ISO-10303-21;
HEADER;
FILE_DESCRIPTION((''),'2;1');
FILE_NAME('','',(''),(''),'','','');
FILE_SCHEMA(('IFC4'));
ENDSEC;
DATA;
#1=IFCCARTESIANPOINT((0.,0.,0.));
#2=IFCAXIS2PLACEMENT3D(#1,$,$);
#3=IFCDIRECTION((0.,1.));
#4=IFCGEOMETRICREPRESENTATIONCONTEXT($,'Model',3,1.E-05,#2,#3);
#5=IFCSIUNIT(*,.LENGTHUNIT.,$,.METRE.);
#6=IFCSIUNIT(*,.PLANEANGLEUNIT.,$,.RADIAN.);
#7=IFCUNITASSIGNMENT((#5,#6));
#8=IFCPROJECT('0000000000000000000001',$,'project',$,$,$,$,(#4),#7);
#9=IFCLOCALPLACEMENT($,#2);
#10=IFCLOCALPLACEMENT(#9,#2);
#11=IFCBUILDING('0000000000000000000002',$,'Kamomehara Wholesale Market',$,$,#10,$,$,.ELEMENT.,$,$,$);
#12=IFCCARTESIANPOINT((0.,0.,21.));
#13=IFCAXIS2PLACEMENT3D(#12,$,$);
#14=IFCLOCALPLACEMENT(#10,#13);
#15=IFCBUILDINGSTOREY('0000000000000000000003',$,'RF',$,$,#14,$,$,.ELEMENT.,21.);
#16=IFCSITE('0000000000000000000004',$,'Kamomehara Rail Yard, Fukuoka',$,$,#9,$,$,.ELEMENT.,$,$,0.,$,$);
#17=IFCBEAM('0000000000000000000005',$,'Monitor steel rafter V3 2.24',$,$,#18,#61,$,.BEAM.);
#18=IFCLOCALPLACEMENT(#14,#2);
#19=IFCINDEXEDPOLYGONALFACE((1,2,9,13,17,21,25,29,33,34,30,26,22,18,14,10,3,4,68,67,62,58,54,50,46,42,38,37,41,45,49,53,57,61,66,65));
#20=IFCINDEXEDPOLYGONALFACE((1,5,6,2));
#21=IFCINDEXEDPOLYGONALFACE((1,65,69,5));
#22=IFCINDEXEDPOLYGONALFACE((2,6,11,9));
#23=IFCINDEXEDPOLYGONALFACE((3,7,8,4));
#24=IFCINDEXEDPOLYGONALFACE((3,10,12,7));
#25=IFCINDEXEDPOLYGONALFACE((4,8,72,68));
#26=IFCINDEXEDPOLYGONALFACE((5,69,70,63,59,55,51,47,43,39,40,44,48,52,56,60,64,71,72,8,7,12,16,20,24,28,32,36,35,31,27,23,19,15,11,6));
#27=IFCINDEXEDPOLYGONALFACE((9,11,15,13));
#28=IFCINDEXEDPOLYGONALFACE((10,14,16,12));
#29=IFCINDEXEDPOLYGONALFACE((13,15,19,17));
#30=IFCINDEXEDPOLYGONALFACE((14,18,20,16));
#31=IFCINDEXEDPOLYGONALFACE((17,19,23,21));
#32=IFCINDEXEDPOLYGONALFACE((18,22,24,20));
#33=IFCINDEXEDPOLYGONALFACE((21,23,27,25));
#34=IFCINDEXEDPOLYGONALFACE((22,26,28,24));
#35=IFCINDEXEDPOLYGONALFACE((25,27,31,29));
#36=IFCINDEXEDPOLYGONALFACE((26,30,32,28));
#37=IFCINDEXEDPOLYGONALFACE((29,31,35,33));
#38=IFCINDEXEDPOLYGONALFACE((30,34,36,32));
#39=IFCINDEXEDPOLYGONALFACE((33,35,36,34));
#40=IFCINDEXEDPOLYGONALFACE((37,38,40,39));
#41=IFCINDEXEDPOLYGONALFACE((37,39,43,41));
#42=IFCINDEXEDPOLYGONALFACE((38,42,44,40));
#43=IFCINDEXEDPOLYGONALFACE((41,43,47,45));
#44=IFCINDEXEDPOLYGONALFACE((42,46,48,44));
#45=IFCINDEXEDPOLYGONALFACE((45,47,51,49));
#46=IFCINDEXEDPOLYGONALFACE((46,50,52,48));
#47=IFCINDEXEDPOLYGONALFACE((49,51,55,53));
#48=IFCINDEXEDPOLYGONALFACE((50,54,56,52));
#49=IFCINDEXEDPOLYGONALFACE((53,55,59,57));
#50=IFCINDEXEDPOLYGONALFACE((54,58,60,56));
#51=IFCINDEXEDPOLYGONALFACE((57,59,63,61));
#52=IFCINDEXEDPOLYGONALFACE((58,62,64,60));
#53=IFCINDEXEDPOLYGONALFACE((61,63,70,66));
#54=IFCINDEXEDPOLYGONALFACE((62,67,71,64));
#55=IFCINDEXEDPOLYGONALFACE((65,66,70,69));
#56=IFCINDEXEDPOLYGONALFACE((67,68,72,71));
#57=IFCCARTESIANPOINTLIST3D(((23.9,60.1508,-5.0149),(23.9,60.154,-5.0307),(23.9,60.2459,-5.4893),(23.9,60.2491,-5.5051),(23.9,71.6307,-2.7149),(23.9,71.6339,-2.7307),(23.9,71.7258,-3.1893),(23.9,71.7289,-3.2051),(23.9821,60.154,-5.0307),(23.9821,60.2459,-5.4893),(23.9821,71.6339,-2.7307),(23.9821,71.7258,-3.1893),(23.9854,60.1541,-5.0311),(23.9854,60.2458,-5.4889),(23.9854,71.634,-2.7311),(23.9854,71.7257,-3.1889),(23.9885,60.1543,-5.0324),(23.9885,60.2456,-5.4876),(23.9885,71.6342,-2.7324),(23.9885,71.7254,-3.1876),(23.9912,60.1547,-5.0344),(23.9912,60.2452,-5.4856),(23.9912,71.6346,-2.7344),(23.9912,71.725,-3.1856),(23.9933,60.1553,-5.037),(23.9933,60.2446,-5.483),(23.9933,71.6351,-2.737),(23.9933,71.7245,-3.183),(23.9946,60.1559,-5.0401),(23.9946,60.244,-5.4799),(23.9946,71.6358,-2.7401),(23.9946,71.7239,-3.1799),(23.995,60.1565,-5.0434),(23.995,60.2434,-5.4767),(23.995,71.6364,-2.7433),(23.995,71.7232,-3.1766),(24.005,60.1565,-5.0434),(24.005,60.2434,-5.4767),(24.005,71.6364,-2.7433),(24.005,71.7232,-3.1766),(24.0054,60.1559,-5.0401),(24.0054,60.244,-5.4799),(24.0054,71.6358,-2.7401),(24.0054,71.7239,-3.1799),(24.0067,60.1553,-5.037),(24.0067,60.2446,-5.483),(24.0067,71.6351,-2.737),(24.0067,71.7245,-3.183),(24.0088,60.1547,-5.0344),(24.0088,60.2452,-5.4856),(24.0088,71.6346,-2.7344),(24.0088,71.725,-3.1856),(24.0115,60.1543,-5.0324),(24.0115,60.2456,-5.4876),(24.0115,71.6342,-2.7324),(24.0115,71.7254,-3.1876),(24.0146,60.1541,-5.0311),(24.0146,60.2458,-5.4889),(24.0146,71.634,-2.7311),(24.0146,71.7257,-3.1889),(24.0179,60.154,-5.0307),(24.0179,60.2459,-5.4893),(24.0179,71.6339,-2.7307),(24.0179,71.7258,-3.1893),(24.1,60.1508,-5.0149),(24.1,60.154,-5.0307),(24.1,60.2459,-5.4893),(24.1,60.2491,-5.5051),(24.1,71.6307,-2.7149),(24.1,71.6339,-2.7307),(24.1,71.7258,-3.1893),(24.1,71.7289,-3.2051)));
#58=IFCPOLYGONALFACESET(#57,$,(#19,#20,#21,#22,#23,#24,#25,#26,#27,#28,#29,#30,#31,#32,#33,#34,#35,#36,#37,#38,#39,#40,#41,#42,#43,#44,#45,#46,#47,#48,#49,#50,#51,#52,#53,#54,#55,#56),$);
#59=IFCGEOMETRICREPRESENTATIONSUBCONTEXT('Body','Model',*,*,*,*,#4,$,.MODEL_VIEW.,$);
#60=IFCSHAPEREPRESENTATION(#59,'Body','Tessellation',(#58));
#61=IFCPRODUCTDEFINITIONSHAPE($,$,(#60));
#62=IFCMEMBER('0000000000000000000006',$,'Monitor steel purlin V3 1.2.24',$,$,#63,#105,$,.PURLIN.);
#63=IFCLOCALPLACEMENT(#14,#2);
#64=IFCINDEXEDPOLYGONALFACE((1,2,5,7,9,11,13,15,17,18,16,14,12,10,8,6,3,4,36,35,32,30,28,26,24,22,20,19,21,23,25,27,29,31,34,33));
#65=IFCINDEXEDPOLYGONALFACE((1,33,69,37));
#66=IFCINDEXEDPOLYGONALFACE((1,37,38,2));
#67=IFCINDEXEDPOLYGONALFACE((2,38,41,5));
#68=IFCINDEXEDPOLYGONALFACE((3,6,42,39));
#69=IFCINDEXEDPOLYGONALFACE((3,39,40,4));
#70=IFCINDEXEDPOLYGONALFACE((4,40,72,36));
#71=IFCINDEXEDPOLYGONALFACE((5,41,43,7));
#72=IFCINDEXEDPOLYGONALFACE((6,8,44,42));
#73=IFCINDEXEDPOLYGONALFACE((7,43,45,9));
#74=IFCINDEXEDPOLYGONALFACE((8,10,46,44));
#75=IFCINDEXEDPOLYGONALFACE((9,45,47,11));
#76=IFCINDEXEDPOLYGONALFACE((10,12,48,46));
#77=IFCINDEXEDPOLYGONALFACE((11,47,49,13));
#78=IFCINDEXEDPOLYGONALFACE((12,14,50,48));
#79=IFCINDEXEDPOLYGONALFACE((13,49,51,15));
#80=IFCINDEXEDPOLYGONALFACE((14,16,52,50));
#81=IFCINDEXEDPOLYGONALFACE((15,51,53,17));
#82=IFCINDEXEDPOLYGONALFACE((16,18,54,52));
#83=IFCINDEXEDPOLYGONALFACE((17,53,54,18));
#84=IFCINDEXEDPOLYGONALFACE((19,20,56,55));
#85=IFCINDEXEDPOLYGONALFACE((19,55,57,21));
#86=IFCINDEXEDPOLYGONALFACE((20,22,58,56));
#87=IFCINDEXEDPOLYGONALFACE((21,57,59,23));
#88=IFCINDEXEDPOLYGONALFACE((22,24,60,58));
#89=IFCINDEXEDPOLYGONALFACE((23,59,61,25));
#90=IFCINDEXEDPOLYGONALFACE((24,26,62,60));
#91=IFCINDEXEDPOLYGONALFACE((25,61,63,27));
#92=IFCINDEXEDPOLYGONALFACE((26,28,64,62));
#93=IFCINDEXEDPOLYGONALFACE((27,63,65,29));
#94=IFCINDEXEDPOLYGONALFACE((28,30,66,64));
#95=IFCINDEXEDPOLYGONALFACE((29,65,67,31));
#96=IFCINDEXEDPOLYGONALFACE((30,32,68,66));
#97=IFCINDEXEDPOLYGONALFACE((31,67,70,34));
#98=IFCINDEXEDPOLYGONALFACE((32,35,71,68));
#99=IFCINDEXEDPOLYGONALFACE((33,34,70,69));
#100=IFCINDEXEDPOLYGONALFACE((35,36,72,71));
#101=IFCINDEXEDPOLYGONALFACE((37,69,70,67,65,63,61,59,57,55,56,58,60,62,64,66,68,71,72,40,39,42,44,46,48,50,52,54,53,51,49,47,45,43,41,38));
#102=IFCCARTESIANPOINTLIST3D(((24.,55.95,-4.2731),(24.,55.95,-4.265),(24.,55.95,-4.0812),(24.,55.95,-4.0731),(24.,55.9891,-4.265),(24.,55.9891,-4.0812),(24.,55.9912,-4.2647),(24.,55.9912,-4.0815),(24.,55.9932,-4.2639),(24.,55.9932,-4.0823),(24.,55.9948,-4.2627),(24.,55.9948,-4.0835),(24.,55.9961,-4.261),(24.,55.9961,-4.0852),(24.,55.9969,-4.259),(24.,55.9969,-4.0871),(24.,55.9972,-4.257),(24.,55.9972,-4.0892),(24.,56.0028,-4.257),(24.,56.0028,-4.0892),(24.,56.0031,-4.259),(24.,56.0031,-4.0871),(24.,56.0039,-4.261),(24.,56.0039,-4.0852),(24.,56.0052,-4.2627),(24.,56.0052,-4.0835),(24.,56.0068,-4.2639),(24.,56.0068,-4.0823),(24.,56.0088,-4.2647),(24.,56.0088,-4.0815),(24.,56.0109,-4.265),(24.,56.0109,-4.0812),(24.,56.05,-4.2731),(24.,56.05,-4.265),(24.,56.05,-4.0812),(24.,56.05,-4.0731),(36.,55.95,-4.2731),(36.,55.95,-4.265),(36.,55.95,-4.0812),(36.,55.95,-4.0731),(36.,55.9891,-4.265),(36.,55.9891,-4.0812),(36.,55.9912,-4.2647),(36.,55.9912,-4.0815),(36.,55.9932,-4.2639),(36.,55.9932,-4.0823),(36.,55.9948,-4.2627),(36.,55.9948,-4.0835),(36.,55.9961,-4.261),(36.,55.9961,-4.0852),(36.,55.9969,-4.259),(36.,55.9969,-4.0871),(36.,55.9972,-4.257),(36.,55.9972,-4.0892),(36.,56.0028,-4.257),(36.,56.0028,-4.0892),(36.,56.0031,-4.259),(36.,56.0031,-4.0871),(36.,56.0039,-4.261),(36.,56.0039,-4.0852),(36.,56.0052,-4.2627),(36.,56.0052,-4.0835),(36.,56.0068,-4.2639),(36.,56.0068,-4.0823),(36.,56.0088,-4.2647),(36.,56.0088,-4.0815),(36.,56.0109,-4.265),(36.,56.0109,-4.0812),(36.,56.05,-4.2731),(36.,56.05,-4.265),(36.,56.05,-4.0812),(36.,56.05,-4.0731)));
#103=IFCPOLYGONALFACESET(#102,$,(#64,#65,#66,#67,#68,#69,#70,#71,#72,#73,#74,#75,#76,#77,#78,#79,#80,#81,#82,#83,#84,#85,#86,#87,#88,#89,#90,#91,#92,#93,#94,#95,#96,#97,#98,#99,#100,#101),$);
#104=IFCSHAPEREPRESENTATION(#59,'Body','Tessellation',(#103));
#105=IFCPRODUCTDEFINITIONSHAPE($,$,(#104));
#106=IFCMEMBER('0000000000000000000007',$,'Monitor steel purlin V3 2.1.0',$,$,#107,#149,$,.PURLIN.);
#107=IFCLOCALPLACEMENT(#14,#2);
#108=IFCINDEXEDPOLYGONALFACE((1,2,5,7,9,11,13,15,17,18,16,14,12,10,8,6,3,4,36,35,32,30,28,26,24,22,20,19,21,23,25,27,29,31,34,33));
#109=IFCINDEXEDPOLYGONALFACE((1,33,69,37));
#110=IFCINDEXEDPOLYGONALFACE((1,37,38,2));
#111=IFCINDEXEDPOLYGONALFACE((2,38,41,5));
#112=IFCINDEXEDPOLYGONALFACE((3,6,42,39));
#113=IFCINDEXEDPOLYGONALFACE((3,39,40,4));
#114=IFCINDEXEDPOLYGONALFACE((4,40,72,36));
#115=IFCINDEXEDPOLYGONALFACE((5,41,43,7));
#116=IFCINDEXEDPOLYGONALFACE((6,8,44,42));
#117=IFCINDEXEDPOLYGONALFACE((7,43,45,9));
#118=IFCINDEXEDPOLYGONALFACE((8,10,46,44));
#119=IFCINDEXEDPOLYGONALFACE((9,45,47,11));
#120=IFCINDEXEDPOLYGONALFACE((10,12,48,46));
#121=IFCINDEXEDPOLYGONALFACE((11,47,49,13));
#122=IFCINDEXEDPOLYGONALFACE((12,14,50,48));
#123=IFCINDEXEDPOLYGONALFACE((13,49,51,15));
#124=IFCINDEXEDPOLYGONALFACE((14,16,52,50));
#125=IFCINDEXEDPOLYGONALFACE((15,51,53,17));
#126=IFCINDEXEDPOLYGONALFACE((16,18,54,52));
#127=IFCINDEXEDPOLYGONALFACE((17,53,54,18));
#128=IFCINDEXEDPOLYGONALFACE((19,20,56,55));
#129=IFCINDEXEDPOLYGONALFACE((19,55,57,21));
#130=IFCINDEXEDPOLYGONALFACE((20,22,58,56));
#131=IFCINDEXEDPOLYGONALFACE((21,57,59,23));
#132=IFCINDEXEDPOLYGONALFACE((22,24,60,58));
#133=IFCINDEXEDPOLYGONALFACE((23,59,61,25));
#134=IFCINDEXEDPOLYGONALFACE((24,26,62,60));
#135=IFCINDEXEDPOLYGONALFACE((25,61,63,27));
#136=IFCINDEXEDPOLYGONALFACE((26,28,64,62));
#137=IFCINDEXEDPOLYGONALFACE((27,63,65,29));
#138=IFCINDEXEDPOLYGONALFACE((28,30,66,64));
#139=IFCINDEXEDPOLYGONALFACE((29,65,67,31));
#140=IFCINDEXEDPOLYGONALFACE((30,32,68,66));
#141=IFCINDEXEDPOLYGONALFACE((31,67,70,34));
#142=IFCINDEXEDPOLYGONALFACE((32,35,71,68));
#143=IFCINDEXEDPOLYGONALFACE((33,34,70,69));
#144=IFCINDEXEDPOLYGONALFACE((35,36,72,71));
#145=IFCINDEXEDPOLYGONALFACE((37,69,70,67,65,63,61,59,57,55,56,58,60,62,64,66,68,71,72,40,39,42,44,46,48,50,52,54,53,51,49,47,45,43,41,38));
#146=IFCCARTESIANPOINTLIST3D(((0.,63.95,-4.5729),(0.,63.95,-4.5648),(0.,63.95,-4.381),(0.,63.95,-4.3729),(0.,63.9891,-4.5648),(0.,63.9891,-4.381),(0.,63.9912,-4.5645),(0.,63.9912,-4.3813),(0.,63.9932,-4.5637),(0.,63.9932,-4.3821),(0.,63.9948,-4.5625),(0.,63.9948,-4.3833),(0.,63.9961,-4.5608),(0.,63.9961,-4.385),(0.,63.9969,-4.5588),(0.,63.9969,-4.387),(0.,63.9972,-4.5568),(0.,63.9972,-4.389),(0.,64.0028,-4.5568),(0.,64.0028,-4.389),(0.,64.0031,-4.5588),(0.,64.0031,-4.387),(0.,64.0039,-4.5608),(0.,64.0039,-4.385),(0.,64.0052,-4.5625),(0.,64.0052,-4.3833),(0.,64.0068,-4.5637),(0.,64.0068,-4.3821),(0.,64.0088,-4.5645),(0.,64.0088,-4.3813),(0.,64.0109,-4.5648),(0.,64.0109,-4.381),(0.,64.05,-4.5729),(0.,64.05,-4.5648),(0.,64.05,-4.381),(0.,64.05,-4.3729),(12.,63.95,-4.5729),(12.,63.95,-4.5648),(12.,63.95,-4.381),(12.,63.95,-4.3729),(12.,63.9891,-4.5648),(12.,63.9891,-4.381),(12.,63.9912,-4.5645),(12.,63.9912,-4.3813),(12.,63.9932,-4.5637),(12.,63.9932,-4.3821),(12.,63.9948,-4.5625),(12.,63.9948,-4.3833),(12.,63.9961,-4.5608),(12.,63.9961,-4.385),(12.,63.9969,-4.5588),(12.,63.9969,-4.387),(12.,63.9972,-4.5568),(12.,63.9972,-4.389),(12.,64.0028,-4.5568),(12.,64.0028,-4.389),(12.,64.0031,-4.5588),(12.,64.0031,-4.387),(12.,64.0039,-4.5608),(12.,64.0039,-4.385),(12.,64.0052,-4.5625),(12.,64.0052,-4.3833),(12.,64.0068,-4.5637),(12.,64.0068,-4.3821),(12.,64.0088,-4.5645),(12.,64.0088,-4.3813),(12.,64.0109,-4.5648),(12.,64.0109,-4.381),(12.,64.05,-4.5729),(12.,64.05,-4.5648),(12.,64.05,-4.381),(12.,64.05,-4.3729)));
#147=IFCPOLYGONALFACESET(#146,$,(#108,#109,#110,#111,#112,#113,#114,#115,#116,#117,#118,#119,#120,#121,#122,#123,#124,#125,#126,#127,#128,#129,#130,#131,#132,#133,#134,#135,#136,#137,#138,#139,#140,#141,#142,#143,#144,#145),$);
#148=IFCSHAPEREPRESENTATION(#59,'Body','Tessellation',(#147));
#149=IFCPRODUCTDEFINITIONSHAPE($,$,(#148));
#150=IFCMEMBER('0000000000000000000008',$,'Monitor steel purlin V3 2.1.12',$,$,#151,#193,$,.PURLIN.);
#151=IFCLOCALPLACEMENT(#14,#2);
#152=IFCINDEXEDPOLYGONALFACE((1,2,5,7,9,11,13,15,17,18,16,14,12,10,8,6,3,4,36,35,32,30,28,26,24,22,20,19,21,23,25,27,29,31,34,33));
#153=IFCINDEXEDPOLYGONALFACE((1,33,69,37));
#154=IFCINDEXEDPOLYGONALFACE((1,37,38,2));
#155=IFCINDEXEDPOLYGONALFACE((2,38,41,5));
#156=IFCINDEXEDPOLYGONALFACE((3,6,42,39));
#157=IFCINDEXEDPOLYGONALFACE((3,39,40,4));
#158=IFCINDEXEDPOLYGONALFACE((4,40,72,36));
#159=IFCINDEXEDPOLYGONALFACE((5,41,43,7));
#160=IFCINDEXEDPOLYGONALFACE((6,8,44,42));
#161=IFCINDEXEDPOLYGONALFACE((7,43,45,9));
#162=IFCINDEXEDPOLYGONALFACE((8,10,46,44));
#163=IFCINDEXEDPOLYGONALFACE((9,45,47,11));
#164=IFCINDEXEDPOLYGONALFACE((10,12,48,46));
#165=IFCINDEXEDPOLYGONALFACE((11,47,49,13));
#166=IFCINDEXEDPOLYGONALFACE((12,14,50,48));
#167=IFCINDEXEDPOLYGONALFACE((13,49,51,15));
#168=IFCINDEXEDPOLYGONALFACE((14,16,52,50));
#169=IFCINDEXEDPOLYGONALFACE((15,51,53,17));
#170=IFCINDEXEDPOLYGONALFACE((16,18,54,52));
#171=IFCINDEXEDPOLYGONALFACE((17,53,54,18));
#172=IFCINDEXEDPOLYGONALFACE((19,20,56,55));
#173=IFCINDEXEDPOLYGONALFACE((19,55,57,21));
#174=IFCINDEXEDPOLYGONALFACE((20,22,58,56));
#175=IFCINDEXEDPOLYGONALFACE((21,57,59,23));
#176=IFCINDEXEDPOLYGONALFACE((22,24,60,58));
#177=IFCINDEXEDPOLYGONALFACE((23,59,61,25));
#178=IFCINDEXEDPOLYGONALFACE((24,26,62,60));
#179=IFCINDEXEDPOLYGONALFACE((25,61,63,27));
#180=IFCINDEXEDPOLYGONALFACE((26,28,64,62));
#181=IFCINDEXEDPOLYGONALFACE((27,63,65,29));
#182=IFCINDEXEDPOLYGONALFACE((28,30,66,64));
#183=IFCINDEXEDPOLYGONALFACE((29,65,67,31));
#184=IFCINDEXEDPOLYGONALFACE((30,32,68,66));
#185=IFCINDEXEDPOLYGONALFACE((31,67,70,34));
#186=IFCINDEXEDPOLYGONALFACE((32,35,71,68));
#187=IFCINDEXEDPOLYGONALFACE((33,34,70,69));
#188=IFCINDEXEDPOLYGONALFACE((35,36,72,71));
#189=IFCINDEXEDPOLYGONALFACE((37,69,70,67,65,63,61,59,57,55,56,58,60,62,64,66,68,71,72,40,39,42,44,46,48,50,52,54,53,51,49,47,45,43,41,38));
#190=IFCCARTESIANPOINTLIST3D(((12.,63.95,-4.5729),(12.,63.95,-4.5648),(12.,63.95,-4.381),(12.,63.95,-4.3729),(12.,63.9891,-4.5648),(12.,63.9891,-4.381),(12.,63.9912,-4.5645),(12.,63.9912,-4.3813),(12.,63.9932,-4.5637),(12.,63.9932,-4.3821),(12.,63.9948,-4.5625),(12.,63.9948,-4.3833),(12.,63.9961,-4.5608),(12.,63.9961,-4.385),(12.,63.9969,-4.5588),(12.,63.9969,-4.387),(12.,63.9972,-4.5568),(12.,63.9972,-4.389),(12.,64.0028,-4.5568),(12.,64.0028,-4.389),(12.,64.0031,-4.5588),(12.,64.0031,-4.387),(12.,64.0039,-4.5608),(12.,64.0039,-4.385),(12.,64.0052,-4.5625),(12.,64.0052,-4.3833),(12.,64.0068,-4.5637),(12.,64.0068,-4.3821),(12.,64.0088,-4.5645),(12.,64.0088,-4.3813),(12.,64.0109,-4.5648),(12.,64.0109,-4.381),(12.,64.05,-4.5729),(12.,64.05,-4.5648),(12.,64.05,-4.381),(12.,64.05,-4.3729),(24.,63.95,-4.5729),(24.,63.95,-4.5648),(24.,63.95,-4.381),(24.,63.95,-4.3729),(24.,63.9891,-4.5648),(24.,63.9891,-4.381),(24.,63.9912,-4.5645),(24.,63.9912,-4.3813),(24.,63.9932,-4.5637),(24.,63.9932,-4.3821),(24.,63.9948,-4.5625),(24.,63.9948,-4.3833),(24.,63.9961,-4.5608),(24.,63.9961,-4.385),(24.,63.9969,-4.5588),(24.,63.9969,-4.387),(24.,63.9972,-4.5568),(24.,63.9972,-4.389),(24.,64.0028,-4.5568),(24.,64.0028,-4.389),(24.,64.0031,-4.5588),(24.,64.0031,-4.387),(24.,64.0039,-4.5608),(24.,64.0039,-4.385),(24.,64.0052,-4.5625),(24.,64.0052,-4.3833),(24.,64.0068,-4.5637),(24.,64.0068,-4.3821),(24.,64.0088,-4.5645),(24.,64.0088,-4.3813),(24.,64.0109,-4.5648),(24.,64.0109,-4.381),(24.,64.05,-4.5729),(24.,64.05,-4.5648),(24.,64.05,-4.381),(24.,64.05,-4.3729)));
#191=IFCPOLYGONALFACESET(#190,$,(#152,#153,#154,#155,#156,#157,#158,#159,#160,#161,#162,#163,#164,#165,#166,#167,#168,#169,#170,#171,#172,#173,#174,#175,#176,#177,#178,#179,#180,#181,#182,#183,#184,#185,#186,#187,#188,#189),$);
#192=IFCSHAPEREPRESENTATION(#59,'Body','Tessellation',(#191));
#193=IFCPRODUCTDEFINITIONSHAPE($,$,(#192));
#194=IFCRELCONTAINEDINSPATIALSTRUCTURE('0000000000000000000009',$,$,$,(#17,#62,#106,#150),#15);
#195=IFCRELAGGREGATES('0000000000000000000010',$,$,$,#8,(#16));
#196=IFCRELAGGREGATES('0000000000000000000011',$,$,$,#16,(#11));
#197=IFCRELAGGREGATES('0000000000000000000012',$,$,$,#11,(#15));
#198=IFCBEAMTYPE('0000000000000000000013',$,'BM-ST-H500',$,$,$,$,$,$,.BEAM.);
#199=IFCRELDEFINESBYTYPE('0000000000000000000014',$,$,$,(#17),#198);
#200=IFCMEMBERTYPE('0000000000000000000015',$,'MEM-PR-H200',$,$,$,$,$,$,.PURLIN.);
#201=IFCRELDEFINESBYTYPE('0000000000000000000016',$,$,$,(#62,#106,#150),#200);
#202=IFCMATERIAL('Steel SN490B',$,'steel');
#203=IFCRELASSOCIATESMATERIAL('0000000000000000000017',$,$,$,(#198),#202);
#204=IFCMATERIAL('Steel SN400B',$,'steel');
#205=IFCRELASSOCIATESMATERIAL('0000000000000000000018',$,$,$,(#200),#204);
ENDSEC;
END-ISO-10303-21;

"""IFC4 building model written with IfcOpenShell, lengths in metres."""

from ifc_helpers import new_model, si_unit, direction, frame, origin, origin_2d, place, context, subcontext, project, spatial, i_section, extrude, material, material_profile, profile_set, type_object, element, save


model = new_model("IFC4")

# Units and contexts
model_context = context("Model", 3, precision=1e-05, world=origin(), true_north=direction((0.0, 1.0)))
body_context = subcontext(model_context, "Body", "Model", "MODEL_VIEW")
ifc_project = project(units=[si_unit("LENGTHUNIT", "METRE"), si_unit("PLANEANGLEUNIT", "RADIAN")], contexts=[model_context])

# Site, building, storey
site_placement = place(None, origin())
site = spatial("IfcSite", under=ifc_project, at=site_placement, Name="Kamomehara Rail Yard, Fukuoka", CompositionType="ELEMENT", RefElevation=0.0)
building_placement = place(site_placement, origin())
building = spatial("IfcBuilding", under=site, at=building_placement, Name="Kamomehara Wholesale Market", CompositionType="ELEMENT")
storey_placement = place(building_placement, frame((0.0, 0.0, 21.0)))
storey = spatial("IfcBuildingStorey", under=building, at=storey_placement, Name="RF", CompositionType="ELEMENT", Elevation=21.0)

# Beam
ifc_material_1 = material(Name="Steel SN490B", Category="steel")
ifc_material_profile_1 = material_profile(ifc_material_1, i_section(OverallWidth=0.2, OverallDepth=0.5, WebThickness=0.01, FlangeThickness=0.0161, FilletRadius=0.0129, at=origin_2d()), Name="H-500x200x10x16")
ifc_profile_set_1 = profile_set([ifc_material_profile_1], Name="Steel SN490B")
beam_type_1 = type_object("IfcBeamType", Name="BM-ST-H500", PredefinedType="BEAM", material=ifc_profile_set_1)
for number, where, z_axis, x_axis, name in (
    (1, (24.0, 60.2, -5.26), (0.0, 0.980514, 0.196449), (-1.0, 0.0, 0.0), "Monitor steel rafter V3 2.24"),
):
    element("IfcBeam", number, at=place(storey_placement, frame(where, z_axis=z_axis, x_axis=x_axis)), inside=storey, type_object=beam_type_1, Name=name, PredefinedType="BEAM", context=body_context, shape_type="SweptSolid", body=[
        extrude(i_section(OverallWidth=0.2, OverallDepth=0.5, WebThickness=0.01, FlangeThickness=0.0161, FilletRadius=0.0129, at=origin_2d()), origin(), (0.0, 0.0, 1.0), 11.708),
    ])

# Members
ifc_material_2 = material(Name="Steel SN400B", Category="steel")
ifc_material_profile_2 = material_profile(ifc_material_2, i_section(OverallWidth=0.1001, OverallDepth=0.2, WebThickness=0.0056, FlangeThickness=0.0081, FilletRadius=0.0081, at=origin_2d()), Name="H-200x100x5.5x8")
ifc_profile_set_2 = profile_set([ifc_material_profile_2], Name="Steel SN400B")
member_type = type_object("IfcMemberType", Name="MEM-PR-H200", PredefinedType="PURLIN", material=ifc_profile_set_2)
for number, where, z_axis, x_axis, name in (
    (2, (24.0, 56.0, -4.1731), (1.0, 0.0, 0.0), (0.0, 1.0, 0.0), "Monitor steel purlin V3 1.2.24"),
    (3, (0.0, 64.0, -4.4729), (1.0, 0.0, 0.0), (0.0, 1.0, 0.0), "Monitor steel purlin V3 2.1.0"),
    (4, (12.0, 64.0, -4.4729), (1.0, 0.0, 0.0), (0.0, 1.0, 0.0), "Monitor steel purlin V3 2.1.12"),
):
    element("IfcMember", number, at=place(storey_placement, frame(where, z_axis=z_axis, x_axis=x_axis)), inside=storey, type_object=member_type, Name=name, PredefinedType="PURLIN", context=body_context, shape_type="SweptSolid", body=[
        extrude(i_section(OverallWidth=0.1001, OverallDepth=0.2, WebThickness=0.0056, FlangeThickness=0.0081, FilletRadius=0.0081, at=origin_2d()), origin(), (0.0, 0.0, 1.0), 12.0),
    ])

save(model, "model.ifc")
